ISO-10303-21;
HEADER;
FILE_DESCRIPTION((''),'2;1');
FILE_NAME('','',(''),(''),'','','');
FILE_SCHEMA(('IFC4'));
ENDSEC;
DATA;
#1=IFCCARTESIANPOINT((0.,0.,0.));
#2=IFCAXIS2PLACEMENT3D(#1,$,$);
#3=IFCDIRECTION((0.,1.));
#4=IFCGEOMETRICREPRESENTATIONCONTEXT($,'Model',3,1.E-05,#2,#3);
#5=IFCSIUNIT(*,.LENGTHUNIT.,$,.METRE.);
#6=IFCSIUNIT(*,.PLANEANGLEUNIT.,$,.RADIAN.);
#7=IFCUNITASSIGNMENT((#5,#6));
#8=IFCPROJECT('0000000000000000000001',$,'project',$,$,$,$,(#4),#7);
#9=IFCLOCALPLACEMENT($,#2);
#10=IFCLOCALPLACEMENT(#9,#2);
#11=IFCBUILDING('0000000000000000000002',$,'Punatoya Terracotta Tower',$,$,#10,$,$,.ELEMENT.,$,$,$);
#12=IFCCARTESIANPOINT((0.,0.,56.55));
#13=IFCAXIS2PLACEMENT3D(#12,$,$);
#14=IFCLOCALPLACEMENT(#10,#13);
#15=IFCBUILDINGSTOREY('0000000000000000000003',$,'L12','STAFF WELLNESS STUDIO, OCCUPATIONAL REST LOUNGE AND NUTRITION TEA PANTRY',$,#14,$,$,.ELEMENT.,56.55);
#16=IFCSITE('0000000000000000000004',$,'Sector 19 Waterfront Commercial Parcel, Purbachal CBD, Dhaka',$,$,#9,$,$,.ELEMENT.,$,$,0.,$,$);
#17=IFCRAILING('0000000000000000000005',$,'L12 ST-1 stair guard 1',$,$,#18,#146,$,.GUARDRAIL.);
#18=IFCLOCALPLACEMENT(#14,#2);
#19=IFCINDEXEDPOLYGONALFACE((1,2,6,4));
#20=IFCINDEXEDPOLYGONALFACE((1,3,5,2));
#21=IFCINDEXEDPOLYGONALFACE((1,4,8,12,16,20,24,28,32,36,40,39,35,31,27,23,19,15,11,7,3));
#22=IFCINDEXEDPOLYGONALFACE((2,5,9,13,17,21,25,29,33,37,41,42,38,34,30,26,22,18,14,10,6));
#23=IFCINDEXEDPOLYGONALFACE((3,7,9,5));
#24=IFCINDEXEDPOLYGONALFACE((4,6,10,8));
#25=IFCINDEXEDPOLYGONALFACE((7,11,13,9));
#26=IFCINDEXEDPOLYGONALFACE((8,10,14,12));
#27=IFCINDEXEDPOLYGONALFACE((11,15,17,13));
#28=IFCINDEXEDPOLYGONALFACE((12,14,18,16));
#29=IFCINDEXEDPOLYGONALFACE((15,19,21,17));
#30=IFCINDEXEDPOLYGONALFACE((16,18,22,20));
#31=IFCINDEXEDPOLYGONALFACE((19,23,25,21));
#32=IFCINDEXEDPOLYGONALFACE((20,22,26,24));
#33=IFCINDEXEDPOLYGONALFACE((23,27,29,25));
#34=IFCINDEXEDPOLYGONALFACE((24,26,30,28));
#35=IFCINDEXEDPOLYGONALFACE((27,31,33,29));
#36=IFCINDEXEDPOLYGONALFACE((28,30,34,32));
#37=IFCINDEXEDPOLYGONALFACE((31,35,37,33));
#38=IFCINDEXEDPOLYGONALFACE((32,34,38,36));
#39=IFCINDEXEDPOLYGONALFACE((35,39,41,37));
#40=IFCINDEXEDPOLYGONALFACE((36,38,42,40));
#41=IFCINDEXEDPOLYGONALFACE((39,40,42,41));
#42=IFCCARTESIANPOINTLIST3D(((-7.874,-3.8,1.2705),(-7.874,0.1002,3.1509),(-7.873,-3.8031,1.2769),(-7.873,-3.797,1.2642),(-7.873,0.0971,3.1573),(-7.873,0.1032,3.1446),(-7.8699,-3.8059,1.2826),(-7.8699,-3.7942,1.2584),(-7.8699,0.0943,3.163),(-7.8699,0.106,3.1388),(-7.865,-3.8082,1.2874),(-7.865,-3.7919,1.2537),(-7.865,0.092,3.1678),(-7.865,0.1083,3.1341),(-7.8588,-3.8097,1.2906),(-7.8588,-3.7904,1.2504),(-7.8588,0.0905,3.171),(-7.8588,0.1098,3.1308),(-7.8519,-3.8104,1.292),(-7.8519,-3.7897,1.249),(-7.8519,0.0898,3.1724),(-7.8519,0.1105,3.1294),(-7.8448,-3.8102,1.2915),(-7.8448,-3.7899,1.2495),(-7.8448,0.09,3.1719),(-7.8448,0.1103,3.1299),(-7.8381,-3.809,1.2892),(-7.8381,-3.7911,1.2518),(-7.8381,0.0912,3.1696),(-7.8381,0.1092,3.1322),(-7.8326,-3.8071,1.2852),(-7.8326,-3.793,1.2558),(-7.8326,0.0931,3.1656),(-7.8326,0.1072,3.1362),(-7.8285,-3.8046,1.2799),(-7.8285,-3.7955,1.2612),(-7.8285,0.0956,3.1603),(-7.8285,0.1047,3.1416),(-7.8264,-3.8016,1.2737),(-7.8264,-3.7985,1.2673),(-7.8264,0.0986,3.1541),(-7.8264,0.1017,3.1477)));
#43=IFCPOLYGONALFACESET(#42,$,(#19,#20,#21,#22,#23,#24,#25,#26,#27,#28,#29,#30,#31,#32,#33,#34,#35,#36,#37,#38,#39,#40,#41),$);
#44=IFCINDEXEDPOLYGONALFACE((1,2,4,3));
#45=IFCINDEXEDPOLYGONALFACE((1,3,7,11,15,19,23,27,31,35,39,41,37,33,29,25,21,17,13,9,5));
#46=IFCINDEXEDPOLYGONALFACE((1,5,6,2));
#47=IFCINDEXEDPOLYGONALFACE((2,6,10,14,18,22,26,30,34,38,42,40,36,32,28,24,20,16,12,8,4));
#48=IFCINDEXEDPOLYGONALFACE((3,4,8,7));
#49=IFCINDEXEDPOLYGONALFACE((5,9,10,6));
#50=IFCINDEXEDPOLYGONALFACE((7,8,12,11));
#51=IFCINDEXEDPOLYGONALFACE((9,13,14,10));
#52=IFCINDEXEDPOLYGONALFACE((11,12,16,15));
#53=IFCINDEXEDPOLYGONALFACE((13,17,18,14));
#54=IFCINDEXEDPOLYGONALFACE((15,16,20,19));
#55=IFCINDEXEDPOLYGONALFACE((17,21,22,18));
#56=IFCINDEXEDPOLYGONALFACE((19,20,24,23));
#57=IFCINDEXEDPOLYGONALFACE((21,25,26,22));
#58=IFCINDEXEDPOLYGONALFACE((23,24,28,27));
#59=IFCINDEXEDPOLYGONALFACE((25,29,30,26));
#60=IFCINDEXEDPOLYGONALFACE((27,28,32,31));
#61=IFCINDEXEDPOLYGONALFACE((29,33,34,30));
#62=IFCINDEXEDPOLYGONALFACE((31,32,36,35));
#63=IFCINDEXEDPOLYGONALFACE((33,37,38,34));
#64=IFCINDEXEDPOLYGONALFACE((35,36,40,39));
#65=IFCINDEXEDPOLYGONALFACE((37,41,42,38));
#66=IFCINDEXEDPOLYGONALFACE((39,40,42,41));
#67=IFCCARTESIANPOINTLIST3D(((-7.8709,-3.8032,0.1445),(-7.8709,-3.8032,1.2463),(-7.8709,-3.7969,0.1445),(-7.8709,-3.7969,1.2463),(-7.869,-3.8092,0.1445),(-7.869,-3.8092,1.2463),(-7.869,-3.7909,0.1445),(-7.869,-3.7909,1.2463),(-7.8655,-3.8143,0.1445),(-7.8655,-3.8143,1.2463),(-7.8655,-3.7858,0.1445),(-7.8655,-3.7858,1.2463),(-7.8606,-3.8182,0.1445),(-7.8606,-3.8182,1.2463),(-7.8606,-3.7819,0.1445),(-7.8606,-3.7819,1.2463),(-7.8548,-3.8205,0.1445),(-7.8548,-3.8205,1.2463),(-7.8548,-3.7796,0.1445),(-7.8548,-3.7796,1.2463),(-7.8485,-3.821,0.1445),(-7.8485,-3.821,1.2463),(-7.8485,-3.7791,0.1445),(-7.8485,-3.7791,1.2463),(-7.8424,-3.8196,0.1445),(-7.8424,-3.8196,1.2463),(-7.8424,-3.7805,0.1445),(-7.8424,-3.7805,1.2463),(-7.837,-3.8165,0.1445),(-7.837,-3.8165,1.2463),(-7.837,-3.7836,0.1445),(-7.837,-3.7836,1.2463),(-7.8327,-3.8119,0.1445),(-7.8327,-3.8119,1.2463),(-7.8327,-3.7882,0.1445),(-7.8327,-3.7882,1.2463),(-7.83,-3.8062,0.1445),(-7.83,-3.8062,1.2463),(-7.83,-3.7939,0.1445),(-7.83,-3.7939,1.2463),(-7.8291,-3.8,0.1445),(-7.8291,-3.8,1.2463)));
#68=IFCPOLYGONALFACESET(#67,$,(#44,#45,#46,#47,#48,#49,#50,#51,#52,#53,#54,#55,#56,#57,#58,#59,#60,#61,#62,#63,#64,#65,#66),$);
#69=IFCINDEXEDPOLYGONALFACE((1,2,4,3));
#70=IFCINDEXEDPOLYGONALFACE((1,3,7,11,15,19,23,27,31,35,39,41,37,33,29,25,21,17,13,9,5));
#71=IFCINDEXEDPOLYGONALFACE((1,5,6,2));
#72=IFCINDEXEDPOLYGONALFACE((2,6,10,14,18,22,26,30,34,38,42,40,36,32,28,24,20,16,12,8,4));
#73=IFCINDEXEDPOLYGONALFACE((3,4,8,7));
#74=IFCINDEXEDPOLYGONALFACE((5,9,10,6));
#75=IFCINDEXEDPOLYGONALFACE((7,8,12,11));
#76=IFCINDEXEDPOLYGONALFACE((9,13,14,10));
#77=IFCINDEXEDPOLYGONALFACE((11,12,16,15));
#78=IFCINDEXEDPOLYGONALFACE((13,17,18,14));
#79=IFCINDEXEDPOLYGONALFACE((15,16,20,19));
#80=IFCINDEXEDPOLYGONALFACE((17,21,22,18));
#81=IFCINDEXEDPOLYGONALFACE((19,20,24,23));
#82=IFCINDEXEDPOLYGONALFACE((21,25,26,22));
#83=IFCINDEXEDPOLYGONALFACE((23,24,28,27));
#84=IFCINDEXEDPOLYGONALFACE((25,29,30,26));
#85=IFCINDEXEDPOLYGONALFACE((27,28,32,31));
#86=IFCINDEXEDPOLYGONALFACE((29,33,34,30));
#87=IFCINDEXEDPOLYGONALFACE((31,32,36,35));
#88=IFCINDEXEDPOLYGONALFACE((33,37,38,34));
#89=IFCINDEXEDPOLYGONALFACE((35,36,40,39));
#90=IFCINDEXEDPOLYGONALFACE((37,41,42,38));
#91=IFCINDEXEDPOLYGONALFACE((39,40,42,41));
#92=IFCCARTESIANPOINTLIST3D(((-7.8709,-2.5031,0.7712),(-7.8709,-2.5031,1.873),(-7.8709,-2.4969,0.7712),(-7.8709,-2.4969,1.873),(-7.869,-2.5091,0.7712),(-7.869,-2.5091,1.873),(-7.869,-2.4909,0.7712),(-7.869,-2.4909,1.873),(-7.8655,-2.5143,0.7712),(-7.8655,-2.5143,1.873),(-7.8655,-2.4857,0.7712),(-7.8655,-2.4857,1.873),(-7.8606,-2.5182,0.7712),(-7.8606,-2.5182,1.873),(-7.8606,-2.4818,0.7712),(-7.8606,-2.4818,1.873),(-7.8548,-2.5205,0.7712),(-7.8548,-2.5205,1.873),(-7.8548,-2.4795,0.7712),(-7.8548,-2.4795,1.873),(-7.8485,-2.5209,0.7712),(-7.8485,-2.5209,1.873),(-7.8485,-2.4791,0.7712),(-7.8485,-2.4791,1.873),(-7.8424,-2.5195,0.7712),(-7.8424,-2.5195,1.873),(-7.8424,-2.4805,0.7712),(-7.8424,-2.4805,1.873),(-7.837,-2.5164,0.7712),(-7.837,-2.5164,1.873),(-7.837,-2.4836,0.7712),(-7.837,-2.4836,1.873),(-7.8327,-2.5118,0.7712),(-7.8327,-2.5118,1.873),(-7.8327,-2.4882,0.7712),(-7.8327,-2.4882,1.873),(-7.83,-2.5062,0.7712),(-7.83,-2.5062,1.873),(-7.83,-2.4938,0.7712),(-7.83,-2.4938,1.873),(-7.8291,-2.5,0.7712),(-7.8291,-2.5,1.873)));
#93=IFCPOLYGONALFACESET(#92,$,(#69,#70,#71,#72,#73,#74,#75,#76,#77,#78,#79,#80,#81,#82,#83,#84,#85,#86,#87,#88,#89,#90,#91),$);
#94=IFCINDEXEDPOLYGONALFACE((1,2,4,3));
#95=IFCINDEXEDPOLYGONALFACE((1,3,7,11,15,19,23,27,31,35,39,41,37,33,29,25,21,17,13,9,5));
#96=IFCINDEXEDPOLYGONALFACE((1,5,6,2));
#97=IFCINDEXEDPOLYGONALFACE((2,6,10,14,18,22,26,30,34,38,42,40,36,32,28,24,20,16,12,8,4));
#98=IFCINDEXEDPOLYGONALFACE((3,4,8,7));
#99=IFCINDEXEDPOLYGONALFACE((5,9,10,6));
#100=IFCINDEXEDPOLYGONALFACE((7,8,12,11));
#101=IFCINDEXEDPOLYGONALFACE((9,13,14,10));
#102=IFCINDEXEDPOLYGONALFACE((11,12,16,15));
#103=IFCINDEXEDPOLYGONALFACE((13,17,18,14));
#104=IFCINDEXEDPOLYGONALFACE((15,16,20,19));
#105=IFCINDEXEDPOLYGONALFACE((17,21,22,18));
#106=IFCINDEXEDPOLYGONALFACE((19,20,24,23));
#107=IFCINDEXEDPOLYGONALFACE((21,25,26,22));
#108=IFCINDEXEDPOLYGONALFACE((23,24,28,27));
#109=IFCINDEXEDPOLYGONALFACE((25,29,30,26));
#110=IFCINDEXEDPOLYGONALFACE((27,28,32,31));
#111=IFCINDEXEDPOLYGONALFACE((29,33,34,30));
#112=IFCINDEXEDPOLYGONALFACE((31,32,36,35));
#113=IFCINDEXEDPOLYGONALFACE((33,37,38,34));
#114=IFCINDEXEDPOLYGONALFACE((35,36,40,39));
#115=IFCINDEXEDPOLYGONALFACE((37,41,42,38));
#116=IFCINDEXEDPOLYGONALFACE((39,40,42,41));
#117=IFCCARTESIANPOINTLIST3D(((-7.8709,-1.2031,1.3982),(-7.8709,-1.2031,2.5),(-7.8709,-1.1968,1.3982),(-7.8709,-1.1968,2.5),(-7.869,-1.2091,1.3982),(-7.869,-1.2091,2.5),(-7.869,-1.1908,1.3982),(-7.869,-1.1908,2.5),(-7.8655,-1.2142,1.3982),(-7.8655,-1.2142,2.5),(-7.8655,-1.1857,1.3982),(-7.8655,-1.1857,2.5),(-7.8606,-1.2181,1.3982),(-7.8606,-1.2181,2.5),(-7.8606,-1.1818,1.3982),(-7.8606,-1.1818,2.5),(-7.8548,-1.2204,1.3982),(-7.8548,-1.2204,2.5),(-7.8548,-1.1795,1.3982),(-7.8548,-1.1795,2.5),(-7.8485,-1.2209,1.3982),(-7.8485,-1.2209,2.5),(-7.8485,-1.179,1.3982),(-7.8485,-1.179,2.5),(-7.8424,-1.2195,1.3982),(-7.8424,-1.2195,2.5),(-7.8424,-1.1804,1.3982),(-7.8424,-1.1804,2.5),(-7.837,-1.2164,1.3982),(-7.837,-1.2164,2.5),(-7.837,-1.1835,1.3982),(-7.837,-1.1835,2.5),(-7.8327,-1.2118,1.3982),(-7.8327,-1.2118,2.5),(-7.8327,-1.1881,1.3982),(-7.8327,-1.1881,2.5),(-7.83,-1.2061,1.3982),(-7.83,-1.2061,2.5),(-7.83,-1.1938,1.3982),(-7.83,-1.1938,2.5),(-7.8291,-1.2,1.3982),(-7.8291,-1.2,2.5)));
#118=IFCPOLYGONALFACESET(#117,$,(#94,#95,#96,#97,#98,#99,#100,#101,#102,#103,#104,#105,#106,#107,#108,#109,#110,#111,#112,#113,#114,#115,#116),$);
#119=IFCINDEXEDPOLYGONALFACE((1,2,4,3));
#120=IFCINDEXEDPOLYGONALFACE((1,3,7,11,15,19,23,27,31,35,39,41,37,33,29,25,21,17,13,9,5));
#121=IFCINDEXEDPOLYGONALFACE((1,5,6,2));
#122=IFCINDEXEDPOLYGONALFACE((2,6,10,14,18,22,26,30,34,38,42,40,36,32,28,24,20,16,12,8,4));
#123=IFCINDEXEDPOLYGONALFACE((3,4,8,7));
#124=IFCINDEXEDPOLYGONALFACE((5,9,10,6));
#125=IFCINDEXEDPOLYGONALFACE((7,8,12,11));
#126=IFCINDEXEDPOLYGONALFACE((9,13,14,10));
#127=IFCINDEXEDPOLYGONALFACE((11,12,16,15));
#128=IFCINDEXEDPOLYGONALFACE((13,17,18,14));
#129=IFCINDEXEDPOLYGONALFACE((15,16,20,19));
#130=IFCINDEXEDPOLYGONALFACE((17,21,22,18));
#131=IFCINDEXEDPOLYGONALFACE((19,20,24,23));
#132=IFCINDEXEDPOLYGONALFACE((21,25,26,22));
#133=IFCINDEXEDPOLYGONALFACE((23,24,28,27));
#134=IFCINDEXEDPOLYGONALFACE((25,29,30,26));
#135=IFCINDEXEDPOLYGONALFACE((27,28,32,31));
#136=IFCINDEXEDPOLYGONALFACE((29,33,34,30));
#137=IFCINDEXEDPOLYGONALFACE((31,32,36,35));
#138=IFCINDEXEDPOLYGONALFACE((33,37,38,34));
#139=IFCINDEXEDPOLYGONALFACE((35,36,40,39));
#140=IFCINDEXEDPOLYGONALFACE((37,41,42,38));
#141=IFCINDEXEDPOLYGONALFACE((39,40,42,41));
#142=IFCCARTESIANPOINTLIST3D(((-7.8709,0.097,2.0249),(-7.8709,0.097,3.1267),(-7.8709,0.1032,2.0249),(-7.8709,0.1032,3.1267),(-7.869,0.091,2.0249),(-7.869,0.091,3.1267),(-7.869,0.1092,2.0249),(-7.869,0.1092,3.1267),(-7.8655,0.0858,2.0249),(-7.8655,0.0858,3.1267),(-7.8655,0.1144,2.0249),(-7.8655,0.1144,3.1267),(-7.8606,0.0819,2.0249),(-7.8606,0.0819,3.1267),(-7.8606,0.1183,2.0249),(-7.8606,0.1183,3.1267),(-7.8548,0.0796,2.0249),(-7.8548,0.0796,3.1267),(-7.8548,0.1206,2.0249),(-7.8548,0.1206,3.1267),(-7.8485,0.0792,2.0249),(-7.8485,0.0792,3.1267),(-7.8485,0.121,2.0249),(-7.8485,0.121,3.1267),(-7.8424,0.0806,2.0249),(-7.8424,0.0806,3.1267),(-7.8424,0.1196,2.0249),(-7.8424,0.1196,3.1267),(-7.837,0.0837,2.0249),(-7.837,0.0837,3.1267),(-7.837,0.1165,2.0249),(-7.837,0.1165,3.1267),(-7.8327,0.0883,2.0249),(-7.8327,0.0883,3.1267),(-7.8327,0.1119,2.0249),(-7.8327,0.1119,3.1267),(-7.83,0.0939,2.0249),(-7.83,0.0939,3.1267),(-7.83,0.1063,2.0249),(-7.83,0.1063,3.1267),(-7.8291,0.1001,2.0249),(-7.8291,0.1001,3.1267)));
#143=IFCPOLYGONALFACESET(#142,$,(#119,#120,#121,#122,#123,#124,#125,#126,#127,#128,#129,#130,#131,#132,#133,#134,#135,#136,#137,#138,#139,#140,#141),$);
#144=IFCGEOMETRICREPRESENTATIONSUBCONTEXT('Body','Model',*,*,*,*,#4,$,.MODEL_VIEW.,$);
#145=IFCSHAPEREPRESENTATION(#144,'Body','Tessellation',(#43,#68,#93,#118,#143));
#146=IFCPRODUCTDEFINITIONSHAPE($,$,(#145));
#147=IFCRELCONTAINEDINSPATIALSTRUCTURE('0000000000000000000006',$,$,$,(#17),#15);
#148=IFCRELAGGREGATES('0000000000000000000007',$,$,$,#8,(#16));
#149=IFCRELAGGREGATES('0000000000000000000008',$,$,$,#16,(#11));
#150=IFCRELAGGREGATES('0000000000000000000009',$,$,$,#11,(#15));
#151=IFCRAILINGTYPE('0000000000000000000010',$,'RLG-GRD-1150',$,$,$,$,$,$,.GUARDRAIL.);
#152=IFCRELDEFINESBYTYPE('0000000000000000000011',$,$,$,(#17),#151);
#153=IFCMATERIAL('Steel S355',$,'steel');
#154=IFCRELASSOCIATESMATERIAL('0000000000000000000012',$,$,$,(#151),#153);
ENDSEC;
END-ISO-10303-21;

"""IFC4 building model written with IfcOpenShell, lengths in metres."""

from ifc_helpers import new_model, si_unit, direction, frame, origin, origin_2d, place, context, subcontext, project, spatial, circle, extrude, material, type_object, element, save


model = new_model("IFC4")

# Units and contexts
model_context = context("Model", 3, precision=1e-05, world=origin(), true_north=direction((0.0, 1.0)))
body_context = subcontext(model_context, "Body", "Model", "MODEL_VIEW")
ifc_project = project(units=[si_unit("LENGTHUNIT", "METRE"), si_unit("PLANEANGLEUNIT", "RADIAN")], contexts=[model_context])

# Site, building, storey
site_placement = place(None, origin())
site = spatial("IfcSite", under=ifc_project, at=site_placement, Name="Sector 19 Waterfront Commercial Parcel, Purbachal CBD, Dhaka", CompositionType="ELEMENT", RefElevation=0.0)
building_placement = place(site_placement, origin())
building = spatial("IfcBuilding", under=site, at=building_placement, Name="Punatoya Terracotta Tower", CompositionType="ELEMENT")
storey_placement = place(building_placement, frame((0.0, 0.0, 56.55)))
storey = spatial("IfcBuildingStorey", under=building, at=storey_placement, Name="L12", Description="STAFF WELLNESS STUDIO, OCCUPATIONAL REST LOUNGE AND NUTRITION TEA PANTRY", CompositionType="ELEMENT", Elevation=56.55)

# Shared definitions
ifc_material_1 = material(Name="Steel S355", Category="steel")

# Railing
railing_type_1 = type_object("IfcRailingType", Name="RLG-GRD-1150", PredefinedType="GUARDRAIL", material=ifc_material_1)
railing_1_placement = place(storey_placement, frame((-7.8501, -3.8, 0.1445)))
element("IfcRailing", 1, at=railing_1_placement, inside=storey, type_object=railing_type_1, Name="L12 ST-1 stair guard 1", PredefinedType="GUARDRAIL", context=body_context, shape_type="SweptSolid", body=[
    extrude(circle(Radius=0.0239, at=origin_2d()), frame((0.0, 0.0, 1.126), z_axis=(0.0, 0.900774, 0.434289), x_axis=(-1.0, 0.0, 0.0)), (0.0, 0.0, 1.0), 4.3298),
    extrude(circle(Radius=0.021, at=origin_2d()), origin(), (0.0, 0.0, 1.0), 1.1018),
    extrude(circle(Radius=0.021, at=origin_2d()), frame((0.0, 1.3, 0.6267)), (0.0, 0.0, 1.0), 1.1018),
    extrude(circle(Radius=0.021, at=origin_2d()), frame((0.0, 2.6001, 1.2537)), (0.0, 0.0, 1.0), 1.1018),
    extrude(circle(Radius=0.021, at=origin_2d()), frame((0.0, 3.9001, 1.8804)), (0.0, 0.0, 1.0), 1.1018),
])

save(model, "model.ifc")
